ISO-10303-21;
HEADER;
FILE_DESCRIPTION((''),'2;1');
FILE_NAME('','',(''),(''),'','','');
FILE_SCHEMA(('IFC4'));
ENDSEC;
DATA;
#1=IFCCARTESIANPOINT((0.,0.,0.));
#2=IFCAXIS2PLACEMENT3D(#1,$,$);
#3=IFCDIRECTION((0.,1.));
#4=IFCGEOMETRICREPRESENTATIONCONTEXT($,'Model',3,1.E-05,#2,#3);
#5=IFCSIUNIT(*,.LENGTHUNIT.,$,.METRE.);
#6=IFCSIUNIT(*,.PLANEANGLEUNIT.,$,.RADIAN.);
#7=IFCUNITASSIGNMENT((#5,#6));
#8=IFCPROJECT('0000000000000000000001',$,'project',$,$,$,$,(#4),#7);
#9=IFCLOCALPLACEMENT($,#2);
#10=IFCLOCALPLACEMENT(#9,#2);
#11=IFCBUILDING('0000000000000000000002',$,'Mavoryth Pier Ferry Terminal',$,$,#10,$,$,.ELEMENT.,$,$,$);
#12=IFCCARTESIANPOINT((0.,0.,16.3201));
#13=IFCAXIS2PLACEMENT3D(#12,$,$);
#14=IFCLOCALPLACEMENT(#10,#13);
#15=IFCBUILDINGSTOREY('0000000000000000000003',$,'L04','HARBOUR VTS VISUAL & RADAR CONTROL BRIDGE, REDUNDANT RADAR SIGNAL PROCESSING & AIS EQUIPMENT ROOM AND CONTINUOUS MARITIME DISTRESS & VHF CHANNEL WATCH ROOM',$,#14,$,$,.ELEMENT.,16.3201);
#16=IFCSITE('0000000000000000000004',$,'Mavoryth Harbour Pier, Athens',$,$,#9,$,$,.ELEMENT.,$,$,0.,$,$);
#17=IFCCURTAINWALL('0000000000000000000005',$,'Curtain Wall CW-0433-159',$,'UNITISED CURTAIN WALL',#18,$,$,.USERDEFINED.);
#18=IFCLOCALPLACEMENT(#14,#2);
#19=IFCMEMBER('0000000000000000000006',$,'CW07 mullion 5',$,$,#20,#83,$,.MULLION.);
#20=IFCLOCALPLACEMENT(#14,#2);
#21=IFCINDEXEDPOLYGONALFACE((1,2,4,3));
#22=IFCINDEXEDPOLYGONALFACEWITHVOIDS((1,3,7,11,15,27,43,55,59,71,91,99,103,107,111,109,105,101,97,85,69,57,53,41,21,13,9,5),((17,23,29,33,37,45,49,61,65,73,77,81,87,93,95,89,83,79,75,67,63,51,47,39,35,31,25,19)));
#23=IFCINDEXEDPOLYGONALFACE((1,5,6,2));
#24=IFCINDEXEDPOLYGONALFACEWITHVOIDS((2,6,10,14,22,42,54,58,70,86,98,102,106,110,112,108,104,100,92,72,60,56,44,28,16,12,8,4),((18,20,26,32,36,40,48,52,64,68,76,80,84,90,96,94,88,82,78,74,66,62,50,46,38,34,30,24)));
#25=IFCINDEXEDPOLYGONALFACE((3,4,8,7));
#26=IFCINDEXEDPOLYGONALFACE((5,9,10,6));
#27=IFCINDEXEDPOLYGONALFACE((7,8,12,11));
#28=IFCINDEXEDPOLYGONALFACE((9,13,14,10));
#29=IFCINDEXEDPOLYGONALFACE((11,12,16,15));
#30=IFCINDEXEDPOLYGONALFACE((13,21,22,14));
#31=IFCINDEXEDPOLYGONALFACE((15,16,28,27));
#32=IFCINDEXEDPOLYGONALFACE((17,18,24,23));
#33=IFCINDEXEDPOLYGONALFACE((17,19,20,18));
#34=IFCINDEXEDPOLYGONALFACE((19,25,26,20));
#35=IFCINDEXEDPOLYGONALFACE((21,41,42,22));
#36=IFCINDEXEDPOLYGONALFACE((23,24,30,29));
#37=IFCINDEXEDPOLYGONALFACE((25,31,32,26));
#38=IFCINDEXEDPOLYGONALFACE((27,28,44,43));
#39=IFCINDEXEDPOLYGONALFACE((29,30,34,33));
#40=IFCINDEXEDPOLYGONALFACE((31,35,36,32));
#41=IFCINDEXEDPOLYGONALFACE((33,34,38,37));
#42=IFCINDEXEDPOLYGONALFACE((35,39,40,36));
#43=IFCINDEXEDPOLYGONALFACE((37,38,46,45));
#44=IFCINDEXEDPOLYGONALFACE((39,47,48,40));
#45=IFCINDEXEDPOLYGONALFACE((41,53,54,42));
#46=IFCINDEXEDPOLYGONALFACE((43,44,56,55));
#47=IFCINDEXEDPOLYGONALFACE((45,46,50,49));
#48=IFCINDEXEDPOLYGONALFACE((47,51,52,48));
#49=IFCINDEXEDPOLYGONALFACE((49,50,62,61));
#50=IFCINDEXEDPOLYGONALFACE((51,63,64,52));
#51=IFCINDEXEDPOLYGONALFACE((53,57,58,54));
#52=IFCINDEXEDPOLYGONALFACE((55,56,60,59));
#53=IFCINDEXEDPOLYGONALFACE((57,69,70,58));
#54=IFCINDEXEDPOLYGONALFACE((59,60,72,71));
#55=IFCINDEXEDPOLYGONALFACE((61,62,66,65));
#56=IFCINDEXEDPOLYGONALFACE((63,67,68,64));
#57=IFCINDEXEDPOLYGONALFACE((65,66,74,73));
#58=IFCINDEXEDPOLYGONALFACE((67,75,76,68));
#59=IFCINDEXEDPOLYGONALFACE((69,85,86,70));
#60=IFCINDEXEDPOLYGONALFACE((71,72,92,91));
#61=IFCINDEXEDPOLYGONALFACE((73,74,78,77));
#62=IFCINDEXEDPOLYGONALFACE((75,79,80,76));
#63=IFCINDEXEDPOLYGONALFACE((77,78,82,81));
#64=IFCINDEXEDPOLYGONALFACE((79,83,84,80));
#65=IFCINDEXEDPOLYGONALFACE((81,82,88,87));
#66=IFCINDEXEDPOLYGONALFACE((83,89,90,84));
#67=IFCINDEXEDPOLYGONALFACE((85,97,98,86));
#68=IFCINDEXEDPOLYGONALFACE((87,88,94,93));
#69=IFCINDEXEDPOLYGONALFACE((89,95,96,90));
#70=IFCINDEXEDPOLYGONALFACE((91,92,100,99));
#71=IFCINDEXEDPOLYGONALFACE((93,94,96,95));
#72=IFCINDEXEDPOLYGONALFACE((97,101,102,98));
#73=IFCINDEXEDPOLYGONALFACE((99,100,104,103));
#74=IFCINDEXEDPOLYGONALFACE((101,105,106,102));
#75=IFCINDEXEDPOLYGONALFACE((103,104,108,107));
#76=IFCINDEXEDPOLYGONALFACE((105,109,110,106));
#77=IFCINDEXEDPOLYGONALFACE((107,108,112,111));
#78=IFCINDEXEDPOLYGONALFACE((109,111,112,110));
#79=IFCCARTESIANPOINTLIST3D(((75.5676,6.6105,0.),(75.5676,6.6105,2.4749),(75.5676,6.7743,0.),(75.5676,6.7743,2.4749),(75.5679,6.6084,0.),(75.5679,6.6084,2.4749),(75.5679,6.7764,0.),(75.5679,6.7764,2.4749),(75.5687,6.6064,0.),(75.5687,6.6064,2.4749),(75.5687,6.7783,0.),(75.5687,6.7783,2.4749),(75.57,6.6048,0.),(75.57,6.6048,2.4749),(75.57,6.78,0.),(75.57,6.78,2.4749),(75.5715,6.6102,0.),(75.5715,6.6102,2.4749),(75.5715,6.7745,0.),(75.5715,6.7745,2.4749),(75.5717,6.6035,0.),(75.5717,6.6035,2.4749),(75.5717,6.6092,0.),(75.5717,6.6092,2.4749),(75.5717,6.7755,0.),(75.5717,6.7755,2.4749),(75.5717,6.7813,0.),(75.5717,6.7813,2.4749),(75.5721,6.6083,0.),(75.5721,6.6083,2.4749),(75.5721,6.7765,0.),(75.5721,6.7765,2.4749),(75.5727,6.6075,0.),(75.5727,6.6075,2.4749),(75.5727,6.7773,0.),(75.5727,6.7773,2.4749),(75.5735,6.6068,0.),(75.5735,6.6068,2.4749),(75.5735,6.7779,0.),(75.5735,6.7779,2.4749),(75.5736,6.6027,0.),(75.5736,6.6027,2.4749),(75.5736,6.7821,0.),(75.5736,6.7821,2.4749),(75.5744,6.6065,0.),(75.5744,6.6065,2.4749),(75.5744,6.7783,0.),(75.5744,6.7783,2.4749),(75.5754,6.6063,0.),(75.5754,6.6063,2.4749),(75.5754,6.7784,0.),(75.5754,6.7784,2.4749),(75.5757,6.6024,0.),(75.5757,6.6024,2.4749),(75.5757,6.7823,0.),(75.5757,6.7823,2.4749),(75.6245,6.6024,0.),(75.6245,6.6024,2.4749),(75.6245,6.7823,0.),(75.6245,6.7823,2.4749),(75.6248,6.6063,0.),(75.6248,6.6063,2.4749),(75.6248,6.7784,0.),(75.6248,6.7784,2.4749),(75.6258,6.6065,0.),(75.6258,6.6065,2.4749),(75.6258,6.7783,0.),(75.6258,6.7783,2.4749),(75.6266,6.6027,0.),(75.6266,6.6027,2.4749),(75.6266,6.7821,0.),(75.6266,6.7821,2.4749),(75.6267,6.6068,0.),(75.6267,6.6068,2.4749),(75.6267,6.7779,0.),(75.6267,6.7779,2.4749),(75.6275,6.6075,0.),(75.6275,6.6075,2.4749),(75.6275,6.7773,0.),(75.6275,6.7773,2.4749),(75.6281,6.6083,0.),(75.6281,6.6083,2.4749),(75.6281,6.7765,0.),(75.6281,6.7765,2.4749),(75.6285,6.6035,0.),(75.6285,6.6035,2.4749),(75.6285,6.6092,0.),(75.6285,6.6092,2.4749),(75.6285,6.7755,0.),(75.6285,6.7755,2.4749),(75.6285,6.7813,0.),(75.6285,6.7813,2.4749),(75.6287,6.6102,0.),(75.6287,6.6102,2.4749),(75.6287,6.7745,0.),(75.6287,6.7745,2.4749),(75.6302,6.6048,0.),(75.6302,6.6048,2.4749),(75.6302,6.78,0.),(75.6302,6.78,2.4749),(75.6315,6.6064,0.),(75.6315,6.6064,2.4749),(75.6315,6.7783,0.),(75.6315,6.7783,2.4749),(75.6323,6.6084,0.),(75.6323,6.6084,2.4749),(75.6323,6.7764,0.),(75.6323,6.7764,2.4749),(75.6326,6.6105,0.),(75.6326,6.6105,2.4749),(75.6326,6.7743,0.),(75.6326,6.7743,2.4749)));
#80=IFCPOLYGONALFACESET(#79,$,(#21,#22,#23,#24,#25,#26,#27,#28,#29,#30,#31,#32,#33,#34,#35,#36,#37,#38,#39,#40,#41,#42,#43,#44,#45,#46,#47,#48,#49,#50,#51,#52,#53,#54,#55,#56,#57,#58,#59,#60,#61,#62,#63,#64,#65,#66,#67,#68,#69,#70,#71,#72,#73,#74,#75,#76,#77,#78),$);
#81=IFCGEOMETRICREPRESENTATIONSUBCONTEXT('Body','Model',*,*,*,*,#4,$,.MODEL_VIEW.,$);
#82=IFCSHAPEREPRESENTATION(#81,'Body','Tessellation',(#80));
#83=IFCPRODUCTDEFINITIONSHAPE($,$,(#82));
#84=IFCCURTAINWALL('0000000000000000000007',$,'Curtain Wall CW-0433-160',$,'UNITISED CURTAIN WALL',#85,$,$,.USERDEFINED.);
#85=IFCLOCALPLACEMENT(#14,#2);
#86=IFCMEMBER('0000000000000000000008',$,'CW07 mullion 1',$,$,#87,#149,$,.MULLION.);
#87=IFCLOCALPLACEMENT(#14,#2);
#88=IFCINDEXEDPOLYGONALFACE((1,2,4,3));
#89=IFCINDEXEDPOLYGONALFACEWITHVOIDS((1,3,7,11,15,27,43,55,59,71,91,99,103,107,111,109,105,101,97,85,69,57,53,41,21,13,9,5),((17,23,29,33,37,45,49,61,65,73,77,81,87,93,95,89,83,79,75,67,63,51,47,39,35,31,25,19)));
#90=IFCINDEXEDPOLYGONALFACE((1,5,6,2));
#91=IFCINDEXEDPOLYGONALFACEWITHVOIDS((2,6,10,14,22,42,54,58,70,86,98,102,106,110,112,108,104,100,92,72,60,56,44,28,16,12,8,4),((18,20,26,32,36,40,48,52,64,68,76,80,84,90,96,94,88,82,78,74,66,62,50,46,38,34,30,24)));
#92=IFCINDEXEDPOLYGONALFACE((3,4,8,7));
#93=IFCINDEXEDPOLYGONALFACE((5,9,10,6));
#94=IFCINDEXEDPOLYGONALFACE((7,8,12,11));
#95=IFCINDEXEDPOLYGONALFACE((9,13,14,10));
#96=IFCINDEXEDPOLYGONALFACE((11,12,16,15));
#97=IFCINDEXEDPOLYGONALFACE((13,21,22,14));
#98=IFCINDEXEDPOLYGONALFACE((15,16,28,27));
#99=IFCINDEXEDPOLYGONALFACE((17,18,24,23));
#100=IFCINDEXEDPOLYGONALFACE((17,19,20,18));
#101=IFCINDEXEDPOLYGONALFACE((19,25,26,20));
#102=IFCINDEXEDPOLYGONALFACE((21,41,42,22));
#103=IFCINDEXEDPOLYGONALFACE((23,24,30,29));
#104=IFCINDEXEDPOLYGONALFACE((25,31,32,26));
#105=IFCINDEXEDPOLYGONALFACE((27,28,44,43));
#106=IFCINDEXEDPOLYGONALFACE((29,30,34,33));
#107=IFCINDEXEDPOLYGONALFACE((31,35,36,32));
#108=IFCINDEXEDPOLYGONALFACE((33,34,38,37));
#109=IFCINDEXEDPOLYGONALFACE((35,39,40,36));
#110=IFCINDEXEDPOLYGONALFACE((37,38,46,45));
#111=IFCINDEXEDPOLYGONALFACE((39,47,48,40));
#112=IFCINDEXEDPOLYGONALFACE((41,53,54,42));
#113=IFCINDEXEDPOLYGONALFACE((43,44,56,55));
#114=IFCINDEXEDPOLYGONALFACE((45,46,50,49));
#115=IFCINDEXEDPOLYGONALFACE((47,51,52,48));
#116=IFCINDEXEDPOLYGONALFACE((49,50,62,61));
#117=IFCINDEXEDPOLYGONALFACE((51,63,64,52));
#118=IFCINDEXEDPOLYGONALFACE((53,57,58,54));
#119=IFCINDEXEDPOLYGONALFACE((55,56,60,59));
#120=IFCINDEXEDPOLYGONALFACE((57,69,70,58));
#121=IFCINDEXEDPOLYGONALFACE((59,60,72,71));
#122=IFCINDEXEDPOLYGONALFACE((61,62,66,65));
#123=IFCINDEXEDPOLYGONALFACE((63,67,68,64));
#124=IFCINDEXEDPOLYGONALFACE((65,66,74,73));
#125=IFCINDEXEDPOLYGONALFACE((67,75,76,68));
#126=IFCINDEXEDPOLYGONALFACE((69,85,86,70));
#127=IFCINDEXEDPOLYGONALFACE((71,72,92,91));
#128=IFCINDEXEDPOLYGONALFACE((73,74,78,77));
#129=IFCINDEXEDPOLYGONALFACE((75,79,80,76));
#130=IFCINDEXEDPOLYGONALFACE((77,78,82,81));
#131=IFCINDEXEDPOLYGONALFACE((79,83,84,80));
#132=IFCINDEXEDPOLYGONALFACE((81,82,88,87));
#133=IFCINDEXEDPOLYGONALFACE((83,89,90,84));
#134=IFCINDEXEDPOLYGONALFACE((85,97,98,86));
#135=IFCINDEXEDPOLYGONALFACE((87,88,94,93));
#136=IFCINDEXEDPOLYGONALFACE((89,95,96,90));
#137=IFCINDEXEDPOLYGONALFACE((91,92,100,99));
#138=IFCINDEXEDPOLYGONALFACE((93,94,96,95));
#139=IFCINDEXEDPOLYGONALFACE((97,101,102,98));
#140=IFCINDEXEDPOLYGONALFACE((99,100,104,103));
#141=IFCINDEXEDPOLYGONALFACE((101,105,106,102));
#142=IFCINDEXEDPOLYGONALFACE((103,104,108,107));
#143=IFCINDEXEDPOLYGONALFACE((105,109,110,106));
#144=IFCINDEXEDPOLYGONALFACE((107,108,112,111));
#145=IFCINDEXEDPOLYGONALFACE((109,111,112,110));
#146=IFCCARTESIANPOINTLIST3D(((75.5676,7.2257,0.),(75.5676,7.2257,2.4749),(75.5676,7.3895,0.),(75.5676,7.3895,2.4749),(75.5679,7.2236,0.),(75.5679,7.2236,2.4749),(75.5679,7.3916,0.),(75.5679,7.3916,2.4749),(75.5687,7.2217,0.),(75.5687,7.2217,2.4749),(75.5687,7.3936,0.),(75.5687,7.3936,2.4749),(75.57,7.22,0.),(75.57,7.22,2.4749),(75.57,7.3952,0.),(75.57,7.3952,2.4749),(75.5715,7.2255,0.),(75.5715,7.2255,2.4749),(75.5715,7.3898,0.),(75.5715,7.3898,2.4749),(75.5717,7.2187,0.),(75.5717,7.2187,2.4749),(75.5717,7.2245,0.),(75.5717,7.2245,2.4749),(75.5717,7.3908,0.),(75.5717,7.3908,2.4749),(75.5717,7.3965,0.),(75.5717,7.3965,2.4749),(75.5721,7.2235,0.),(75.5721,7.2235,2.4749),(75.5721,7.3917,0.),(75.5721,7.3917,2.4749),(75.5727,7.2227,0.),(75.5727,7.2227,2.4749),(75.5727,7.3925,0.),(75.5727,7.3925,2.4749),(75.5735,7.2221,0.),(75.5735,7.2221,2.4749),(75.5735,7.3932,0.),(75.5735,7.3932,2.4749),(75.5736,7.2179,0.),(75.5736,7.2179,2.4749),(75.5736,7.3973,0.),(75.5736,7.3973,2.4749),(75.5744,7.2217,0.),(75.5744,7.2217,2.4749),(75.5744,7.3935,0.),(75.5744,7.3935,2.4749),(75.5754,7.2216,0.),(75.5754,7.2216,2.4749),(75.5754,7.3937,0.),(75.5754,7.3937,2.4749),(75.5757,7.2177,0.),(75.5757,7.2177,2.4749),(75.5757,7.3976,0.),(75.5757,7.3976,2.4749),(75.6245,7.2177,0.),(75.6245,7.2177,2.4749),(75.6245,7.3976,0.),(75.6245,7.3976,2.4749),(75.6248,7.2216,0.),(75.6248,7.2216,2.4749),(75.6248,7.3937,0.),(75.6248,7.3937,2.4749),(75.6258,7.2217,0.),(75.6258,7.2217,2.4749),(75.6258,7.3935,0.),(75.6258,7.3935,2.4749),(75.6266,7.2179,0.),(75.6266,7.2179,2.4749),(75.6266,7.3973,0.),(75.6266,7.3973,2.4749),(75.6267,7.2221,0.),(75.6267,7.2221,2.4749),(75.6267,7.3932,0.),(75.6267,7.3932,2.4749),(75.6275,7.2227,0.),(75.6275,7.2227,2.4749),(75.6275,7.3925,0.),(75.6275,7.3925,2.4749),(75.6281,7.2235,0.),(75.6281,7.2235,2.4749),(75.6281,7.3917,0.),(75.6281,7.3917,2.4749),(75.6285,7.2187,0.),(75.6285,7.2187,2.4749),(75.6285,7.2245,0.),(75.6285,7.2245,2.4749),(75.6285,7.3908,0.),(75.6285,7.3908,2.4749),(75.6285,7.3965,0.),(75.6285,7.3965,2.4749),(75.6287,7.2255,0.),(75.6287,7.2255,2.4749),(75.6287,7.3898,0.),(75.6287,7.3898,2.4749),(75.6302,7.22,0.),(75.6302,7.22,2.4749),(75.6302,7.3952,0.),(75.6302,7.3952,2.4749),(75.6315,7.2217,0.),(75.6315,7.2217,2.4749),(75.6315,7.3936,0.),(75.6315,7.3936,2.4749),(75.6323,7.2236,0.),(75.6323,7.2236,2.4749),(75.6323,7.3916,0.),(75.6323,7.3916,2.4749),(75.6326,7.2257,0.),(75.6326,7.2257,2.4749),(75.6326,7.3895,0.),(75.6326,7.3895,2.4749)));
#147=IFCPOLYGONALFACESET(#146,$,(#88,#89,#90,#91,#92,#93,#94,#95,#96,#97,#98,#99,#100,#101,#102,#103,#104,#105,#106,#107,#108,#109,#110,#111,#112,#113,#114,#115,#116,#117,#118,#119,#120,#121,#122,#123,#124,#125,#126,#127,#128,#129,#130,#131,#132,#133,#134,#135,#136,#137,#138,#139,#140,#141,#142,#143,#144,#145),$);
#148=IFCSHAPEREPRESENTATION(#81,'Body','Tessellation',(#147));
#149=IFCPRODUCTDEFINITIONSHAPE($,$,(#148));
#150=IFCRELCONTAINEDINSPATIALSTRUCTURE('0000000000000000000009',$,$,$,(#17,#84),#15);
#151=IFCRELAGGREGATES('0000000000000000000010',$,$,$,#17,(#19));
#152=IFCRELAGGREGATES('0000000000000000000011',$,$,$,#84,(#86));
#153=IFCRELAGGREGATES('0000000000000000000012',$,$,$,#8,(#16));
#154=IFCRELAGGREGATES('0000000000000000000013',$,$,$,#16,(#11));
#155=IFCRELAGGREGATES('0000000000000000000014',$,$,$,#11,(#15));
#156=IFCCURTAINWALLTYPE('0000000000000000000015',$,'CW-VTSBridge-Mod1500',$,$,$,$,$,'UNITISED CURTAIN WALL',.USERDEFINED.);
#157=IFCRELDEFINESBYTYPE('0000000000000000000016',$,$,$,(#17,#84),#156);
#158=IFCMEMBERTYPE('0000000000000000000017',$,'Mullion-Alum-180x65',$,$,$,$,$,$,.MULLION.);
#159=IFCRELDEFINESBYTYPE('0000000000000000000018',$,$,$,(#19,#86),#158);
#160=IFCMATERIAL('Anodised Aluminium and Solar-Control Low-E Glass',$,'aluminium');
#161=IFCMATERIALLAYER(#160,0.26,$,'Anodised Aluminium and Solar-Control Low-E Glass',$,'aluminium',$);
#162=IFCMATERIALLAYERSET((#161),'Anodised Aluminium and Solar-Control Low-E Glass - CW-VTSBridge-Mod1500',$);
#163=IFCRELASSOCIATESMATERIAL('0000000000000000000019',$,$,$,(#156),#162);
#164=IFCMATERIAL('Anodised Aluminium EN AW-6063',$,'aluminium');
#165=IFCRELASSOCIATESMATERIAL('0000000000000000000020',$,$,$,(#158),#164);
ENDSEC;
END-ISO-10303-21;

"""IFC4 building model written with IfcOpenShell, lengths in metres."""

from ifc_helpers import new_model, si_unit, direction, frame, origin, origin_2d, place, context, subcontext, project, spatial, hollow_rectangle, extrude, material, layer, layer_set, material_profile, profile_set, type_object, element, aggregate, save


model = new_model("IFC4")

# Units and contexts
model_context = context("Model", 3, precision=1e-05, world=origin(), true_north=direction((0.0, 1.0)))
body_context = subcontext(model_context, "Body", "Model", "MODEL_VIEW")
ifc_project = project(units=[si_unit("LENGTHUNIT", "METRE"), si_unit("PLANEANGLEUNIT", "RADIAN")], contexts=[model_context])

# Site, building, storey
site_placement = place(None, origin())
site = spatial("IfcSite", under=ifc_project, at=site_placement, Name="Mavoryth Harbour Pier, Athens", CompositionType="ELEMENT", RefElevation=0.0)
building_placement = place(site_placement, origin())
building = spatial("IfcBuilding", under=site, at=building_placement, Name="Mavoryth Pier Ferry Terminal", CompositionType="ELEMENT")
storey_placement = place(building_placement, frame((0.0, 0.0, 16.3201)))
storey = spatial("IfcBuildingStorey", under=building, at=storey_placement, Name="L04", Description="HARBOUR VTS VISUAL & RADAR CONTROL BRIDGE, REDUNDANT RADAR SIGNAL PROCESSING & AIS EQUIPMENT ROOM AND CONTINUOUS MARITIME DISTRESS & VHF CHANNEL WATCH ROOM", CompositionType="ELEMENT", Elevation=16.3201)

# Curtain wall, member
ifc_material_1 = material(Name="Anodised Aluminium and Solar-Control Low-E Glass", Category="aluminium")
ifc_layer_1 = layer(ifc_material_1, 0.26, Name="Anodised Aluminium and Solar-Control Low-E Glass", Category="aluminium")
ifc_layer_set_1 = layer_set([ifc_layer_1], Name="Anodised Aluminium and Solar-Control Low-E Glass - CW-VTSBridge-Mod1500")
curtain_wall_type = type_object("IfcCurtainWallType", Name="CW-VTSBridge-Mod1500", ElementType="UNITISED CURTAIN WALL", PredefinedType="USERDEFINED", material=ifc_layer_set_1)
curtain_wall_1_placement = place(storey_placement, origin())
curtain_wall_1 = element("IfcCurtainWall", 1, at=curtain_wall_1_placement, inside=storey, type_object=curtain_wall_type, Name="Curtain Wall CW-0433-159", ObjectType="UNITISED CURTAIN WALL", PredefinedType="USERDEFINED")
ifc_material_2 = material(Name="Anodised Aluminium EN AW-6063", Category="aluminium")
ifc_material_profile_1 = material_profile(ifc_material_2, hollow_rectangle(XDim=0.0649, YDim=0.1799, WallThickness=0.0039, InnerFilletRadius=0.0039, OuterFilletRadius=0.0081, at=origin_2d()), Name="AL-MULL 180x65x4", Category="aluminium")
ifc_profile_set_1 = profile_set([ifc_material_profile_1], Name="Anodised Aluminium EN AW-6063 - AL-MULL 180x65x4")
member_type_1 = type_object("IfcMemberType", Name="Mullion-Alum-180x65", PredefinedType="MULLION", material=ifc_profile_set_1)
member_1_placement = place(storey_placement, frame((75.6001, 6.6924, 0.0), z_axis=(0.0, 0.0, 1.0), x_axis=(-1.0, 0.0, 0.0)))
member_1 = element("IfcMember", 2, at=member_1_placement, type_object=member_type_1, Name="CW07 mullion 5", PredefinedType="MULLION", context=body_context, shape_type="SweptSolid", body=[
    extrude(hollow_rectangle(XDim=0.0649, YDim=0.1799, WallThickness=0.0039, InnerFilletRadius=0.0039, OuterFilletRadius=0.0081, at=origin_2d()), origin(), (0.0, 0.0, 1.0), 2.4749),
])

# Curtain wall, member
curtain_wall_2_placement = place(storey_placement, origin())
curtain_wall_2 = element("IfcCurtainWall", 3, at=curtain_wall_2_placement, inside=storey, type_object=curtain_wall_type, Name="Curtain Wall CW-0433-160", ObjectType="UNITISED CURTAIN WALL", PredefinedType="USERDEFINED")
member_2_placement = place(storey_placement, frame((75.6001, 7.3076, 0.0), z_axis=(0.0, 0.0, 1.0), x_axis=(-1.0, 0.0, 0.0)))
member_2 = element("IfcMember", 4, at=member_2_placement, type_object=member_type_1, Name="CW07 mullion 1", PredefinedType="MULLION", context=body_context, shape_type="SweptSolid", body=[
    extrude(hollow_rectangle(XDim=0.0649, YDim=0.1799, WallThickness=0.0039, InnerFilletRadius=0.0039, OuterFilletRadius=0.0081, at=origin_2d()), origin(), (0.0, 0.0, 1.0), 2.4749),
])

aggregate(curtain_wall_1, [member_1])
aggregate(curtain_wall_2, [member_2])

save(model, "model.ifc")
